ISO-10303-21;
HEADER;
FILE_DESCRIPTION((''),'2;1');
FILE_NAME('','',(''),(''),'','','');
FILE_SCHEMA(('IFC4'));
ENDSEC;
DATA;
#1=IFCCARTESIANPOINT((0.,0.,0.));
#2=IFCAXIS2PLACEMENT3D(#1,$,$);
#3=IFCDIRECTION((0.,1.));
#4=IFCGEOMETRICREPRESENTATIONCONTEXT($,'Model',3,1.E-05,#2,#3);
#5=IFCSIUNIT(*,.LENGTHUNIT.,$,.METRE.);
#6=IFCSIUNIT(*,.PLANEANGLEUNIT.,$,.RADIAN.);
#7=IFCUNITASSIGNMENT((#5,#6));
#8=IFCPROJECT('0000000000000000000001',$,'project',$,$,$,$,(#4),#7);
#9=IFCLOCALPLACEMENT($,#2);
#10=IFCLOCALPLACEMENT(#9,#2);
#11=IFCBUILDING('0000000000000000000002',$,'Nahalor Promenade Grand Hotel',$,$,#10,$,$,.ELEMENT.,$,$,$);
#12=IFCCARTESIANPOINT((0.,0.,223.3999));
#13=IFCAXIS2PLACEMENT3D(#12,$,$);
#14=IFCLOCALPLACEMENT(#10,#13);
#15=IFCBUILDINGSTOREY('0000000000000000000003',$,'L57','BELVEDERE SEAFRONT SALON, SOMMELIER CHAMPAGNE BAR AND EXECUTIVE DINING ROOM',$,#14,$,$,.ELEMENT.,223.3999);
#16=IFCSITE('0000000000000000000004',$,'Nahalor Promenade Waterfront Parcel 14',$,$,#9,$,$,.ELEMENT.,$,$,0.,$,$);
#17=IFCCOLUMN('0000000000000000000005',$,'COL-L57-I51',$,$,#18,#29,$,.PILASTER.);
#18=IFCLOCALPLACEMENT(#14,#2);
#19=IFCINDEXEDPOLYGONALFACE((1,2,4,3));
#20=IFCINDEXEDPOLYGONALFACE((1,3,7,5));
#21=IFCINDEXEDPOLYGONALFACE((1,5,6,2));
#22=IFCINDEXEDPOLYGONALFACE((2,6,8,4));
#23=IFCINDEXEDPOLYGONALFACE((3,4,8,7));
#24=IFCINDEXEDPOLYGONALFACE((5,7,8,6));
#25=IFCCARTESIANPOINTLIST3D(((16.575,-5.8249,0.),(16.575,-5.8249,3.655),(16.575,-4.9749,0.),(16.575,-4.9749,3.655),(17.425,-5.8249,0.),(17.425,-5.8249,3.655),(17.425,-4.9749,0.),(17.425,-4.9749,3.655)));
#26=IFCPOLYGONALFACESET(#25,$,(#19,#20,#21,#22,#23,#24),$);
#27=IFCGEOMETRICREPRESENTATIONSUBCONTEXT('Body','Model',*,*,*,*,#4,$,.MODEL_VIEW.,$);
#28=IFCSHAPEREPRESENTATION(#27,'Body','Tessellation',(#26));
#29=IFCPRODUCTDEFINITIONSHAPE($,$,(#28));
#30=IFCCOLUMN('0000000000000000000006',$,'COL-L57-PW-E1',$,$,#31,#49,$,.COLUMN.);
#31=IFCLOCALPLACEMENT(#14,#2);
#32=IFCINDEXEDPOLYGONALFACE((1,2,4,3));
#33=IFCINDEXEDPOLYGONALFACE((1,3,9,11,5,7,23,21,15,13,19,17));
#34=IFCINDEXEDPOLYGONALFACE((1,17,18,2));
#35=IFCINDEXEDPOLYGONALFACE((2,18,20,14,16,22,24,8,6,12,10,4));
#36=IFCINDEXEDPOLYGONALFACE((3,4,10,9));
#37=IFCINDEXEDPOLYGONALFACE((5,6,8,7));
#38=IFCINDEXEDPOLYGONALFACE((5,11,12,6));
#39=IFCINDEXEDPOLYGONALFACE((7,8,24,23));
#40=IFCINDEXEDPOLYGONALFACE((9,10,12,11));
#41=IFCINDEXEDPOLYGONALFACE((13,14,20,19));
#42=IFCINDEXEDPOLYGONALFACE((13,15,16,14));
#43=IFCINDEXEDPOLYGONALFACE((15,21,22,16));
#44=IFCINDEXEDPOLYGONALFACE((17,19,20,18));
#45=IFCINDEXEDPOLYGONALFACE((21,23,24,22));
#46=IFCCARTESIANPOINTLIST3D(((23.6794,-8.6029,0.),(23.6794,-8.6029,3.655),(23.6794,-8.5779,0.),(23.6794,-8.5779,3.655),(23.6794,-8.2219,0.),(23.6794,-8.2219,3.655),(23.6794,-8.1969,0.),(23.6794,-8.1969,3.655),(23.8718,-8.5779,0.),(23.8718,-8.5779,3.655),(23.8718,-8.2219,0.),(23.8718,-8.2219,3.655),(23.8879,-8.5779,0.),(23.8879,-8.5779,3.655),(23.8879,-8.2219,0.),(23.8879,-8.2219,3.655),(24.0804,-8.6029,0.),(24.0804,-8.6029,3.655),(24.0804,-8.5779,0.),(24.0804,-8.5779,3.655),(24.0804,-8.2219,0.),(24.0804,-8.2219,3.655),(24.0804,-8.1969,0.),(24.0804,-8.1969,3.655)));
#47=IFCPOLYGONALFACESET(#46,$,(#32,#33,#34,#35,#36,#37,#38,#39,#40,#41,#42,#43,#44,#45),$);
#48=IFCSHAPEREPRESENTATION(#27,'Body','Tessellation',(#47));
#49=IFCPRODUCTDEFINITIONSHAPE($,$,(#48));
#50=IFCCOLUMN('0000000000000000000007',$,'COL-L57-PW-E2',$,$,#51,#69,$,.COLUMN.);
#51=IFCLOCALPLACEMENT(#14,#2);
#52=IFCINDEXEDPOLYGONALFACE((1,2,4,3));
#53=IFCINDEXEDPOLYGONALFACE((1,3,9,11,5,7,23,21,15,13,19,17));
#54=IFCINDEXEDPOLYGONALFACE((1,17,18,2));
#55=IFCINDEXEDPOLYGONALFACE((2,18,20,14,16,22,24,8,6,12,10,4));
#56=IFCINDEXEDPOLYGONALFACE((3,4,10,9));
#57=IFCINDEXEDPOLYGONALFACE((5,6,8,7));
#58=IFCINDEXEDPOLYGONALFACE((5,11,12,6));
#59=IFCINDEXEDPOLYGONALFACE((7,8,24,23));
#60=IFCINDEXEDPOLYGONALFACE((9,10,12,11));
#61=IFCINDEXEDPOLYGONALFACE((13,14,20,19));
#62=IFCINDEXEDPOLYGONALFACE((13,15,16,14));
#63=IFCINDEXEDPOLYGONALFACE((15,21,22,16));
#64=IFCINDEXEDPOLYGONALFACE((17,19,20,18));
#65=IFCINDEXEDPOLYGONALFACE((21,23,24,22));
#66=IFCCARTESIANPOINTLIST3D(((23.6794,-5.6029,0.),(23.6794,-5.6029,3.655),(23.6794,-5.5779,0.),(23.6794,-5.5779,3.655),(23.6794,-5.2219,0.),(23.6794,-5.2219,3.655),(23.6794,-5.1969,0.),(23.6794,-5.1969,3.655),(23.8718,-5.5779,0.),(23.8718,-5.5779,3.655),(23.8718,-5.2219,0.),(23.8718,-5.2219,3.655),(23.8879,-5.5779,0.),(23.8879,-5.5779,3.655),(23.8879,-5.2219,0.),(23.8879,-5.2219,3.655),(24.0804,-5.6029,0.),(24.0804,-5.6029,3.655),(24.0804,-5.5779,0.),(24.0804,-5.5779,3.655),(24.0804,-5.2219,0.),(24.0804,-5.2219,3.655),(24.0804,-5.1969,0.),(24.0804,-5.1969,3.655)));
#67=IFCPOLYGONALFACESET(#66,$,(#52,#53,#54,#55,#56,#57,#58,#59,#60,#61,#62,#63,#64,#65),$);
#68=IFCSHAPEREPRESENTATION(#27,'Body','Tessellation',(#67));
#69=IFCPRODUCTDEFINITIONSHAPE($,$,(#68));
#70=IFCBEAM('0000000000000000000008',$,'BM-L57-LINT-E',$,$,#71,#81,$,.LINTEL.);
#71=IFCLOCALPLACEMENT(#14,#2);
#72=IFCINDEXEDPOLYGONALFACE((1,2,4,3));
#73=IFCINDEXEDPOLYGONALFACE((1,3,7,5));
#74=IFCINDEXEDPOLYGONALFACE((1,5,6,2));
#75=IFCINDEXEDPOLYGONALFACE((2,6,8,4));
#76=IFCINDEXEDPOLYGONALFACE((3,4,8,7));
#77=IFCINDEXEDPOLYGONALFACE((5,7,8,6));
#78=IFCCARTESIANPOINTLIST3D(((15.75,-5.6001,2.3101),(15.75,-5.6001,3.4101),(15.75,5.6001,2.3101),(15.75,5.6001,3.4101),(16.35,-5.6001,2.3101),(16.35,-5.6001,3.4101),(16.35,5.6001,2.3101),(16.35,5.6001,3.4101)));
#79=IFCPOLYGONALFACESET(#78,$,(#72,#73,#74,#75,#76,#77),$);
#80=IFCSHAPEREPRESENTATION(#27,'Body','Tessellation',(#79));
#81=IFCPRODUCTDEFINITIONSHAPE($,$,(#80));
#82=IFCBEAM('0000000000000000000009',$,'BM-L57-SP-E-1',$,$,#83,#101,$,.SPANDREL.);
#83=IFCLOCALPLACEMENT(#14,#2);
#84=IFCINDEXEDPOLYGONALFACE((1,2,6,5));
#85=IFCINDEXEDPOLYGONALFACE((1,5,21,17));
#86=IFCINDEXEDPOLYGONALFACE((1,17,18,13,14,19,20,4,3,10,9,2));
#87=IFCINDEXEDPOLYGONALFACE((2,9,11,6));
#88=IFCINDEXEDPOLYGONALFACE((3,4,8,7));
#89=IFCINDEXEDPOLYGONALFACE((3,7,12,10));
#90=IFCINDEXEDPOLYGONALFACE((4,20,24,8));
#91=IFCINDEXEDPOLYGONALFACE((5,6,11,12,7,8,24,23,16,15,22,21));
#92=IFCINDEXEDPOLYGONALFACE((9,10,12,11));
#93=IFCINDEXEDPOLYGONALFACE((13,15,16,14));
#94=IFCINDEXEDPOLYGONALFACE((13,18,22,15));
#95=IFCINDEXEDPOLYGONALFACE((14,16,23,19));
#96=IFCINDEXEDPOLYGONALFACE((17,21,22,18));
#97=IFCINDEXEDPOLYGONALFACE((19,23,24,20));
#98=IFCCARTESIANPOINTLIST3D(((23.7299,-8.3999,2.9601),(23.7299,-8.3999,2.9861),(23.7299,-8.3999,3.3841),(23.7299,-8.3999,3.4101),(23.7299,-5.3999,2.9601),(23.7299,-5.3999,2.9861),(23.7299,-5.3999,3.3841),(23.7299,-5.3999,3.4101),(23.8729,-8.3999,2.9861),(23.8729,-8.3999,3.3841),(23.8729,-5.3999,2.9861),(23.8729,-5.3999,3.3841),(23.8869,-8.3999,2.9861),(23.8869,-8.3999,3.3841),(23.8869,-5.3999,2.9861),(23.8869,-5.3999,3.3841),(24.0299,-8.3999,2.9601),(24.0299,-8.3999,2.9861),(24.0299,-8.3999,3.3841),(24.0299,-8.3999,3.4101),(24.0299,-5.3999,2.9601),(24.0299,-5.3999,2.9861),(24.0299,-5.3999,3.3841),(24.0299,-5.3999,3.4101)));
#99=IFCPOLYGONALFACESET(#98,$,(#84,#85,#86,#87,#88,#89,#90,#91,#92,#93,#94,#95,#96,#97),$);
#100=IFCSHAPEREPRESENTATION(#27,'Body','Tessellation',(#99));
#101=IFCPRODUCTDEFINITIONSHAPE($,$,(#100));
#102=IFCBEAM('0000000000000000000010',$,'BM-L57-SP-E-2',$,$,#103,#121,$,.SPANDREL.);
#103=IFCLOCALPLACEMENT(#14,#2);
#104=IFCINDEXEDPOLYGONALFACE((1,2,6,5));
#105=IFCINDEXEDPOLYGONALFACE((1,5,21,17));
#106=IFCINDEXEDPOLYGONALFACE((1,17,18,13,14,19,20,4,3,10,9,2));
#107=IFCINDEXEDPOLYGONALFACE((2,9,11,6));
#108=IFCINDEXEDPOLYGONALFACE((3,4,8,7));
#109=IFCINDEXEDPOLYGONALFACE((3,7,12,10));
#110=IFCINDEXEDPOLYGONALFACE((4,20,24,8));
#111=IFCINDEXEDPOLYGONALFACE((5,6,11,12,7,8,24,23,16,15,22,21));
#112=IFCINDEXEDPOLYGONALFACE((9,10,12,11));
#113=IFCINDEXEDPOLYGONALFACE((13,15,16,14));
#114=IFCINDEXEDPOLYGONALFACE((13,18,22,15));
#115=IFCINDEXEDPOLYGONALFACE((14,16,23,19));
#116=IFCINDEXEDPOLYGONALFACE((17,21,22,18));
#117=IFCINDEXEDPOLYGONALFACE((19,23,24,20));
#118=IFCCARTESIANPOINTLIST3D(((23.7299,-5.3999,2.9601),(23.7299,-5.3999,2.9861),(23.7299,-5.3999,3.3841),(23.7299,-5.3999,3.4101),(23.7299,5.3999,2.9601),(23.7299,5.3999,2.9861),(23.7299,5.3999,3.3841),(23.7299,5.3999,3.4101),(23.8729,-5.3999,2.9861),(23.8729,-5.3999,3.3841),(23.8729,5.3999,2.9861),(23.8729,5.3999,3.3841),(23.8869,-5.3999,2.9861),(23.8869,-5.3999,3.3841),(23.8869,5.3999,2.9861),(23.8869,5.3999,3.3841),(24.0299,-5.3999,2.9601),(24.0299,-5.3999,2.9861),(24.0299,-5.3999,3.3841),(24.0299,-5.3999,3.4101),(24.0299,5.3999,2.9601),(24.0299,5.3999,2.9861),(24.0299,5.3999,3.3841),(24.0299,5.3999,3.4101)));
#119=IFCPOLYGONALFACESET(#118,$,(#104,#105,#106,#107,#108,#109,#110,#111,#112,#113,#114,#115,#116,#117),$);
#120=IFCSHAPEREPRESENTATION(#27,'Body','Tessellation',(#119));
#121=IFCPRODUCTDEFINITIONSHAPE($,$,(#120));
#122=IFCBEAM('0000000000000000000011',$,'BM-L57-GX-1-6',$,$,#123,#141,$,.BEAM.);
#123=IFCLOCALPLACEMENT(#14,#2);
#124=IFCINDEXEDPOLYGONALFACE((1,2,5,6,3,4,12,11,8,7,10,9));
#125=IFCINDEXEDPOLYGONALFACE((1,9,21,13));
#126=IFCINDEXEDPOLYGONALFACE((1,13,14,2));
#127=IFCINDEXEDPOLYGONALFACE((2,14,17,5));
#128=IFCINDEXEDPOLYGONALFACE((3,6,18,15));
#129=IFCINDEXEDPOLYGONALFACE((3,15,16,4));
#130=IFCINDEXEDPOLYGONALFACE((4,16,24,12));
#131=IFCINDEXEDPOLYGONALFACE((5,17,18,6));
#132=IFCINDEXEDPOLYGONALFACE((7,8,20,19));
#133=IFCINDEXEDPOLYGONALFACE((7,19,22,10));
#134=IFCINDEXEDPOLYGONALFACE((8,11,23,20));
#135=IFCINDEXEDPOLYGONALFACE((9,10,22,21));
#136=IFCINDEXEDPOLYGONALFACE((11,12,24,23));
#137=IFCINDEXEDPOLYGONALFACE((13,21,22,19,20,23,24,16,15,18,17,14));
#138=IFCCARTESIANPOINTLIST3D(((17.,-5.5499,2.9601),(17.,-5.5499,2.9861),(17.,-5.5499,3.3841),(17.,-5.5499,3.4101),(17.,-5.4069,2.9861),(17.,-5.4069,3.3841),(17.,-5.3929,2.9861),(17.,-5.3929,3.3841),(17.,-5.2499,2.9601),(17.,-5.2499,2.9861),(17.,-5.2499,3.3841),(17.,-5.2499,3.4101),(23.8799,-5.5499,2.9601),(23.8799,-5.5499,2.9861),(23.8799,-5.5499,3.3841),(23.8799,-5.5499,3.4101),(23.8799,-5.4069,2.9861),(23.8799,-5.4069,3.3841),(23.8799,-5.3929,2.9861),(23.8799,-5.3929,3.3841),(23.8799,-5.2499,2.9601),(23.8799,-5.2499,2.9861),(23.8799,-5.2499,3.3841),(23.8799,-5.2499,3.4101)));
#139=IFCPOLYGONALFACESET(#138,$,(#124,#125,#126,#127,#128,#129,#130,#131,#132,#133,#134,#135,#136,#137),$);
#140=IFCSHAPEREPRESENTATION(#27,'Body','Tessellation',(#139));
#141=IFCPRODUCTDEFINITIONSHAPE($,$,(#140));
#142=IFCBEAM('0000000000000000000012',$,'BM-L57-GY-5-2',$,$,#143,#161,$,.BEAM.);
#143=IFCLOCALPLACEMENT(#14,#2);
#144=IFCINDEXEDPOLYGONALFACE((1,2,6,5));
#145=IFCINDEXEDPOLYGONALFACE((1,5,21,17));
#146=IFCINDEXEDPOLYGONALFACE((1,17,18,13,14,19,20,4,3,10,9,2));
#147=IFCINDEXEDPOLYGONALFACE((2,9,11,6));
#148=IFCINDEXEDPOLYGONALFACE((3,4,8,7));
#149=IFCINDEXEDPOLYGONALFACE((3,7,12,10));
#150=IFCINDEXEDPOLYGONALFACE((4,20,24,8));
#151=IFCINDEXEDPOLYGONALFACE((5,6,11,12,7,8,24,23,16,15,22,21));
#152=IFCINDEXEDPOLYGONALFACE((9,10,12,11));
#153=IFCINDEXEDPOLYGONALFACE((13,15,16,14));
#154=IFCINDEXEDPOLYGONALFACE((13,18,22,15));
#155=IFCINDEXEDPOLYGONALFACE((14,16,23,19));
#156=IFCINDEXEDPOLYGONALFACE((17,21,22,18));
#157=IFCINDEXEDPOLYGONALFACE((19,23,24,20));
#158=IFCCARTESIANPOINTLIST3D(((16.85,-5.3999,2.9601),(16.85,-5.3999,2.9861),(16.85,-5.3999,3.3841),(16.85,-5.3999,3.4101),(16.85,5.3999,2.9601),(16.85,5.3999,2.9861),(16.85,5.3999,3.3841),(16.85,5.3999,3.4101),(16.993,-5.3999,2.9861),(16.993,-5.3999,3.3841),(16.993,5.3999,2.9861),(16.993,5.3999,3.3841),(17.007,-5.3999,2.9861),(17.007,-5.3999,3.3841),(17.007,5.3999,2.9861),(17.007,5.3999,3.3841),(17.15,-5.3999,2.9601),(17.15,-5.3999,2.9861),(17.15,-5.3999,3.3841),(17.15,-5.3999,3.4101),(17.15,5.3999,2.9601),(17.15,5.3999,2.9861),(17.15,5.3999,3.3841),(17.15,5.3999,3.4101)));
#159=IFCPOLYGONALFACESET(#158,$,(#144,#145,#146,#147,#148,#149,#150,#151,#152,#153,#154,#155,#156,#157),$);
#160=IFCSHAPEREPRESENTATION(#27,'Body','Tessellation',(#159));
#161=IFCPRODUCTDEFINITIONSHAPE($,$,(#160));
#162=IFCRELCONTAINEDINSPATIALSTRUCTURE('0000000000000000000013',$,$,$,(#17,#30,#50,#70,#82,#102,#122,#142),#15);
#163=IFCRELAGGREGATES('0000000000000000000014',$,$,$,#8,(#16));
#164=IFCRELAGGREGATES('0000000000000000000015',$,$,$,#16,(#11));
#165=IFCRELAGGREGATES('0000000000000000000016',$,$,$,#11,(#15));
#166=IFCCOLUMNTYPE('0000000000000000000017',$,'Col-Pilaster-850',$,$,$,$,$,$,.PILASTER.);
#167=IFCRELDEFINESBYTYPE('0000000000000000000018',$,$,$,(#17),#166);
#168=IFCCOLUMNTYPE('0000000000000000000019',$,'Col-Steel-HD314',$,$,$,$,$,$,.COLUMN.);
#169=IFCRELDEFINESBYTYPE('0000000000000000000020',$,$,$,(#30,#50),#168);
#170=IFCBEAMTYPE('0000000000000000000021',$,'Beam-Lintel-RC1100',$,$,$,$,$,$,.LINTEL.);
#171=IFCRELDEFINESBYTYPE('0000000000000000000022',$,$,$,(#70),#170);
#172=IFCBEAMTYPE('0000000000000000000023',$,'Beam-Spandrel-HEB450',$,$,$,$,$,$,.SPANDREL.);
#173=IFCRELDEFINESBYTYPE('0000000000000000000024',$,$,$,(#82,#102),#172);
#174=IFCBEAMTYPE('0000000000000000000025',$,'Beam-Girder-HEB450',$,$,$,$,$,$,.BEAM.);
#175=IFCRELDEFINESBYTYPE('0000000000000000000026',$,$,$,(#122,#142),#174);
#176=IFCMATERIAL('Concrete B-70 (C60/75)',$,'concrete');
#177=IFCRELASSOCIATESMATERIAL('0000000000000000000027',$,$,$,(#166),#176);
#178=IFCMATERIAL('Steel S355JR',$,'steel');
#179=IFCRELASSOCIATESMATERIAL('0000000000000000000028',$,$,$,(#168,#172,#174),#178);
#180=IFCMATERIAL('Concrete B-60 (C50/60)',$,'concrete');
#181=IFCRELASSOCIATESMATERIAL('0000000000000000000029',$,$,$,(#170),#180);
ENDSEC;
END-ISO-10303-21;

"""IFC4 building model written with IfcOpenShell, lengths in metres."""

from ifc_helpers import new_model, si_unit, direction, frame, origin, origin_2d, place, context, subcontext, project, spatial, rectangle, i_section, extrude, source, transform, mapped, material, material_profile, profile_set, type_object, element, save


model = new_model("IFC4")

# Units and contexts
model_context = context("Model", 3, precision=1e-05, world=origin(), true_north=direction((0.0, 1.0)))
body_context = subcontext(model_context, "Body", "Model", "MODEL_VIEW")
ifc_project = project(units=[si_unit("LENGTHUNIT", "METRE"), si_unit("PLANEANGLEUNIT", "RADIAN")], contexts=[model_context])

# Site, building, storey
site_placement = place(None, origin())
site = spatial("IfcSite", under=ifc_project, at=site_placement, Name="Nahalor Promenade Waterfront Parcel 14", CompositionType="ELEMENT", RefElevation=0.0)
building_placement = place(site_placement, origin())
building = spatial("IfcBuilding", under=site, at=building_placement, Name="Nahalor Promenade Grand Hotel", CompositionType="ELEMENT")
storey_placement = place(building_placement, frame((0.0, 0.0, 223.3999)))
storey = spatial("IfcBuildingStorey", under=building, at=storey_placement, Name="L57", Description="BELVEDERE SEAFRONT SALON, SOMMELIER CHAMPAGNE BAR AND EXECUTIVE DINING ROOM", CompositionType="ELEMENT", Elevation=223.3999)

# Columns
ifc_material_1 = material(Name="Concrete B-70 (C60/75)", Category="concrete")
ifc_material_profile_1 = material_profile(ifc_material_1, rectangle(XDim=0.85, YDim=0.85, at=origin_2d()), Name="RC 850x850")
ifc_profile_set_1 = profile_set([ifc_material_profile_1], Name="Concrete B-70 (C60/75)")
column_type_1 = type_object("IfcColumnType", Name="Col-Pilaster-850", PredefinedType="PILASTER", material=ifc_profile_set_1)
shared_shape_1 = source(origin(), body_context, "Body", "SweptSolid", [
    extrude(rectangle(XDim=0.85, YDim=0.85, at=origin_2d()), origin(), (0.0, 0.0, 1.0), 3.655),
])
column_placement = place(storey_placement, frame((17.0, -5.3999, 0.0), z_axis=(0.0, 0.0, 1.0), x_axis=(1.0, 0.0, 0.0)))
element("IfcColumn", 1, at=column_placement, inside=storey, type_object=column_type_1, Name="COL-L57-I51", PredefinedType="PILASTER", context=body_context, shape_type="MappedRepresentation", body=[
    mapped(shared_shape_1, transform((0.0, 0.0, 0.0), scale=1.0)),
])
ifc_material_2 = material(Name="Steel S355JR", Category="steel")
ifc_material_profile_2 = material_profile(ifc_material_2, i_section(OverallWidth=0.401, OverallDepth=0.406, WebThickness=0.0161, FlangeThickness=0.025, at=origin_2d()), Name="HD 400x314")
ifc_profile_set_2 = profile_set([ifc_material_profile_2], Name="Steel S355JR")
column_type_2 = type_object("IfcColumnType", Name="Col-Steel-HD314", PredefinedType="COLUMN", material=ifc_profile_set_2)
shared_shape_2 = source(origin(), body_context, "Body", "SweptSolid", [
    extrude(i_section(OverallWidth=0.401, OverallDepth=0.406, WebThickness=0.0161, FlangeThickness=0.025, at=origin_2d()), origin(), (0.0, 0.0, 1.0), 3.655),
])
for number, where, z_axis, x_axis, name in (
    (2, (23.8799, -8.3999, 0.0), (0.0, 0.0, 1.0), (1.0, 0.0, 0.0), "COL-L57-PW-E1"),
    (3, (23.8799, -5.3999, 0.0), (0.0, 0.0, 1.0), (1.0, 0.0, 0.0), "COL-L57-PW-E2"),
):
    element("IfcColumn", number, at=place(storey_placement, frame(where, z_axis=z_axis, x_axis=x_axis)), inside=storey, type_object=column_type_2, Name=name, PredefinedType="COLUMN", context=body_context, shape_type="MappedRepresentation", body=[
        mapped(shared_shape_2, transform((0.0, 0.0, 0.0), scale=1.0)),
    ])

# Beams
ifc_material_3 = material(Name="Concrete B-60 (C50/60)", Category="concrete")
ifc_material_profile_3 = material_profile(ifc_material_3, rectangle(XDim=0.6, YDim=1.1, at=origin_2d()), Name="RC 600x1100")
ifc_profile_set_3 = profile_set([ifc_material_profile_3], Name="Concrete B-60 (C50/60)")
beam_type_1 = type_object("IfcBeamType", Name="Beam-Lintel-RC1100", PredefinedType="LINTEL", material=ifc_profile_set_3)
shared_shape_3 = source(origin(), body_context, "Body", "SweptSolid", [
    extrude(rectangle(XDim=0.6, YDim=1.1, at=origin_2d()), origin(), (0.0, 0.0, 1.0), 11.2002),
])
beam_1_placement = place(storey_placement, frame((16.05, -5.6001, 2.8601), z_axis=(0.0, 1.0, 0.0), x_axis=(-1.0, 0.0, 0.0)))
element("IfcBeam", 4, at=beam_1_placement, inside=storey, type_object=beam_type_1, Name="BM-L57-LINT-E", PredefinedType="LINTEL", context=body_context, shape_type="MappedRepresentation", body=[
    mapped(shared_shape_3, transform((0.0, 0.0, 0.0), scale=1.0)),
])
ifc_material_profile_4 = material_profile(ifc_material_2, i_section(OverallWidth=0.3, OverallDepth=0.45, WebThickness=0.014, FlangeThickness=0.026, at=origin_2d()), Name="HEB 450")
ifc_profile_set_4 = profile_set([ifc_material_profile_4], Name="Steel S355JR")
beam_type_2 = type_object("IfcBeamType", Name="Beam-Spandrel-HEB450", PredefinedType="SPANDREL", material=ifc_profile_set_4)
shared_shape_4 = source(origin(), body_context, "Body", "SweptSolid", [
    extrude(i_section(OverallWidth=0.3, OverallDepth=0.45, WebThickness=0.014, FlangeThickness=0.026, at=origin_2d()), origin(), (0.0, 0.0, 1.0), 3.0),
])
beam_2_placement = place(storey_placement, frame((23.8799, -8.3999, 3.1851), z_axis=(0.0, 1.0, 0.0), x_axis=(-1.0, 0.0, 0.0)))
element("IfcBeam", 5, at=beam_2_placement, inside=storey, type_object=beam_type_2, Name="BM-L57-SP-E-1", PredefinedType="SPANDREL", context=body_context, shape_type="MappedRepresentation", body=[
    mapped(shared_shape_4, transform((0.0, 0.0, 0.0), scale=1.0)),
])
shared_shape_5 = source(origin(), body_context, "Body", "SweptSolid", [
    extrude(i_section(OverallWidth=0.3, OverallDepth=0.45, WebThickness=0.014, FlangeThickness=0.026, at=origin_2d()), origin(), (0.0, 0.0, 1.0), 10.7998),
])
beam_3_placement = place(storey_placement, frame((23.8799, -5.3999, 3.1851), z_axis=(0.0, 1.0, 0.0), x_axis=(-1.0, 0.0, 0.0)))
element("IfcBeam", 6, at=beam_3_placement, inside=storey, type_object=beam_type_2, Name="BM-L57-SP-E-2", PredefinedType="SPANDREL", context=body_context, shape_type="MappedRepresentation", body=[
    mapped(shared_shape_5, transform((0.0, 0.0, 0.0), scale=1.0)),
])
ifc_material_profile_5 = material_profile(ifc_material_2, i_section(OverallWidth=0.3, OverallDepth=0.45, WebThickness=0.014, FlangeThickness=0.026, at=origin_2d()), Name="HEB 450")
ifc_profile_set_5 = profile_set([ifc_material_profile_5], Name="Steel S355JR")
beam_type_3 = type_object("IfcBeamType", Name="Beam-Girder-HEB450", PredefinedType="BEAM", material=ifc_profile_set_5)
shared_shape_6 = source(origin(), body_context, "Body", "SweptSolid", [
    extrude(i_section(OverallWidth=0.3, OverallDepth=0.45, WebThickness=0.014, FlangeThickness=0.026, at=origin_2d()), origin(), (0.0, 0.0, 1.0), 6.8799),
])
beam_4_placement = place(storey_placement, frame((17.0, -5.3999, 3.1851), z_axis=(1.0, 0.0, 0.0), x_axis=(0.0, 1.0, 0.0)))
element("IfcBeam", 7, at=beam_4_placement, inside=storey, type_object=beam_type_3, Name="BM-L57-GX-1-6", PredefinedType="BEAM", context=body_context, shape_type="MappedRepresentation", body=[
    mapped(shared_shape_6, transform((0.0, 0.0, 0.0), scale=1.0)),
])
shared_shape_7 = source(origin(), body_context, "Body", "SweptSolid", [
    extrude(i_section(OverallWidth=0.3, OverallDepth=0.45, WebThickness=0.014, FlangeThickness=0.026, at=origin_2d()), origin(), (0.0, 0.0, 1.0), 10.7998),
])
beam_5_placement = place(storey_placement, frame((17.0, -5.3999, 3.1851), z_axis=(0.0, 1.0, 0.0), x_axis=(-1.0, 0.0, 0.0)))
element("IfcBeam", 8, at=beam_5_placement, inside=storey, type_object=beam_type_3, Name="BM-L57-GY-5-2", PredefinedType="BEAM", context=body_context, shape_type="MappedRepresentation", body=[
    mapped(shared_shape_7, transform((0.0, 0.0, 0.0), scale=1.0)),
])

save(model, "model.ifc")
